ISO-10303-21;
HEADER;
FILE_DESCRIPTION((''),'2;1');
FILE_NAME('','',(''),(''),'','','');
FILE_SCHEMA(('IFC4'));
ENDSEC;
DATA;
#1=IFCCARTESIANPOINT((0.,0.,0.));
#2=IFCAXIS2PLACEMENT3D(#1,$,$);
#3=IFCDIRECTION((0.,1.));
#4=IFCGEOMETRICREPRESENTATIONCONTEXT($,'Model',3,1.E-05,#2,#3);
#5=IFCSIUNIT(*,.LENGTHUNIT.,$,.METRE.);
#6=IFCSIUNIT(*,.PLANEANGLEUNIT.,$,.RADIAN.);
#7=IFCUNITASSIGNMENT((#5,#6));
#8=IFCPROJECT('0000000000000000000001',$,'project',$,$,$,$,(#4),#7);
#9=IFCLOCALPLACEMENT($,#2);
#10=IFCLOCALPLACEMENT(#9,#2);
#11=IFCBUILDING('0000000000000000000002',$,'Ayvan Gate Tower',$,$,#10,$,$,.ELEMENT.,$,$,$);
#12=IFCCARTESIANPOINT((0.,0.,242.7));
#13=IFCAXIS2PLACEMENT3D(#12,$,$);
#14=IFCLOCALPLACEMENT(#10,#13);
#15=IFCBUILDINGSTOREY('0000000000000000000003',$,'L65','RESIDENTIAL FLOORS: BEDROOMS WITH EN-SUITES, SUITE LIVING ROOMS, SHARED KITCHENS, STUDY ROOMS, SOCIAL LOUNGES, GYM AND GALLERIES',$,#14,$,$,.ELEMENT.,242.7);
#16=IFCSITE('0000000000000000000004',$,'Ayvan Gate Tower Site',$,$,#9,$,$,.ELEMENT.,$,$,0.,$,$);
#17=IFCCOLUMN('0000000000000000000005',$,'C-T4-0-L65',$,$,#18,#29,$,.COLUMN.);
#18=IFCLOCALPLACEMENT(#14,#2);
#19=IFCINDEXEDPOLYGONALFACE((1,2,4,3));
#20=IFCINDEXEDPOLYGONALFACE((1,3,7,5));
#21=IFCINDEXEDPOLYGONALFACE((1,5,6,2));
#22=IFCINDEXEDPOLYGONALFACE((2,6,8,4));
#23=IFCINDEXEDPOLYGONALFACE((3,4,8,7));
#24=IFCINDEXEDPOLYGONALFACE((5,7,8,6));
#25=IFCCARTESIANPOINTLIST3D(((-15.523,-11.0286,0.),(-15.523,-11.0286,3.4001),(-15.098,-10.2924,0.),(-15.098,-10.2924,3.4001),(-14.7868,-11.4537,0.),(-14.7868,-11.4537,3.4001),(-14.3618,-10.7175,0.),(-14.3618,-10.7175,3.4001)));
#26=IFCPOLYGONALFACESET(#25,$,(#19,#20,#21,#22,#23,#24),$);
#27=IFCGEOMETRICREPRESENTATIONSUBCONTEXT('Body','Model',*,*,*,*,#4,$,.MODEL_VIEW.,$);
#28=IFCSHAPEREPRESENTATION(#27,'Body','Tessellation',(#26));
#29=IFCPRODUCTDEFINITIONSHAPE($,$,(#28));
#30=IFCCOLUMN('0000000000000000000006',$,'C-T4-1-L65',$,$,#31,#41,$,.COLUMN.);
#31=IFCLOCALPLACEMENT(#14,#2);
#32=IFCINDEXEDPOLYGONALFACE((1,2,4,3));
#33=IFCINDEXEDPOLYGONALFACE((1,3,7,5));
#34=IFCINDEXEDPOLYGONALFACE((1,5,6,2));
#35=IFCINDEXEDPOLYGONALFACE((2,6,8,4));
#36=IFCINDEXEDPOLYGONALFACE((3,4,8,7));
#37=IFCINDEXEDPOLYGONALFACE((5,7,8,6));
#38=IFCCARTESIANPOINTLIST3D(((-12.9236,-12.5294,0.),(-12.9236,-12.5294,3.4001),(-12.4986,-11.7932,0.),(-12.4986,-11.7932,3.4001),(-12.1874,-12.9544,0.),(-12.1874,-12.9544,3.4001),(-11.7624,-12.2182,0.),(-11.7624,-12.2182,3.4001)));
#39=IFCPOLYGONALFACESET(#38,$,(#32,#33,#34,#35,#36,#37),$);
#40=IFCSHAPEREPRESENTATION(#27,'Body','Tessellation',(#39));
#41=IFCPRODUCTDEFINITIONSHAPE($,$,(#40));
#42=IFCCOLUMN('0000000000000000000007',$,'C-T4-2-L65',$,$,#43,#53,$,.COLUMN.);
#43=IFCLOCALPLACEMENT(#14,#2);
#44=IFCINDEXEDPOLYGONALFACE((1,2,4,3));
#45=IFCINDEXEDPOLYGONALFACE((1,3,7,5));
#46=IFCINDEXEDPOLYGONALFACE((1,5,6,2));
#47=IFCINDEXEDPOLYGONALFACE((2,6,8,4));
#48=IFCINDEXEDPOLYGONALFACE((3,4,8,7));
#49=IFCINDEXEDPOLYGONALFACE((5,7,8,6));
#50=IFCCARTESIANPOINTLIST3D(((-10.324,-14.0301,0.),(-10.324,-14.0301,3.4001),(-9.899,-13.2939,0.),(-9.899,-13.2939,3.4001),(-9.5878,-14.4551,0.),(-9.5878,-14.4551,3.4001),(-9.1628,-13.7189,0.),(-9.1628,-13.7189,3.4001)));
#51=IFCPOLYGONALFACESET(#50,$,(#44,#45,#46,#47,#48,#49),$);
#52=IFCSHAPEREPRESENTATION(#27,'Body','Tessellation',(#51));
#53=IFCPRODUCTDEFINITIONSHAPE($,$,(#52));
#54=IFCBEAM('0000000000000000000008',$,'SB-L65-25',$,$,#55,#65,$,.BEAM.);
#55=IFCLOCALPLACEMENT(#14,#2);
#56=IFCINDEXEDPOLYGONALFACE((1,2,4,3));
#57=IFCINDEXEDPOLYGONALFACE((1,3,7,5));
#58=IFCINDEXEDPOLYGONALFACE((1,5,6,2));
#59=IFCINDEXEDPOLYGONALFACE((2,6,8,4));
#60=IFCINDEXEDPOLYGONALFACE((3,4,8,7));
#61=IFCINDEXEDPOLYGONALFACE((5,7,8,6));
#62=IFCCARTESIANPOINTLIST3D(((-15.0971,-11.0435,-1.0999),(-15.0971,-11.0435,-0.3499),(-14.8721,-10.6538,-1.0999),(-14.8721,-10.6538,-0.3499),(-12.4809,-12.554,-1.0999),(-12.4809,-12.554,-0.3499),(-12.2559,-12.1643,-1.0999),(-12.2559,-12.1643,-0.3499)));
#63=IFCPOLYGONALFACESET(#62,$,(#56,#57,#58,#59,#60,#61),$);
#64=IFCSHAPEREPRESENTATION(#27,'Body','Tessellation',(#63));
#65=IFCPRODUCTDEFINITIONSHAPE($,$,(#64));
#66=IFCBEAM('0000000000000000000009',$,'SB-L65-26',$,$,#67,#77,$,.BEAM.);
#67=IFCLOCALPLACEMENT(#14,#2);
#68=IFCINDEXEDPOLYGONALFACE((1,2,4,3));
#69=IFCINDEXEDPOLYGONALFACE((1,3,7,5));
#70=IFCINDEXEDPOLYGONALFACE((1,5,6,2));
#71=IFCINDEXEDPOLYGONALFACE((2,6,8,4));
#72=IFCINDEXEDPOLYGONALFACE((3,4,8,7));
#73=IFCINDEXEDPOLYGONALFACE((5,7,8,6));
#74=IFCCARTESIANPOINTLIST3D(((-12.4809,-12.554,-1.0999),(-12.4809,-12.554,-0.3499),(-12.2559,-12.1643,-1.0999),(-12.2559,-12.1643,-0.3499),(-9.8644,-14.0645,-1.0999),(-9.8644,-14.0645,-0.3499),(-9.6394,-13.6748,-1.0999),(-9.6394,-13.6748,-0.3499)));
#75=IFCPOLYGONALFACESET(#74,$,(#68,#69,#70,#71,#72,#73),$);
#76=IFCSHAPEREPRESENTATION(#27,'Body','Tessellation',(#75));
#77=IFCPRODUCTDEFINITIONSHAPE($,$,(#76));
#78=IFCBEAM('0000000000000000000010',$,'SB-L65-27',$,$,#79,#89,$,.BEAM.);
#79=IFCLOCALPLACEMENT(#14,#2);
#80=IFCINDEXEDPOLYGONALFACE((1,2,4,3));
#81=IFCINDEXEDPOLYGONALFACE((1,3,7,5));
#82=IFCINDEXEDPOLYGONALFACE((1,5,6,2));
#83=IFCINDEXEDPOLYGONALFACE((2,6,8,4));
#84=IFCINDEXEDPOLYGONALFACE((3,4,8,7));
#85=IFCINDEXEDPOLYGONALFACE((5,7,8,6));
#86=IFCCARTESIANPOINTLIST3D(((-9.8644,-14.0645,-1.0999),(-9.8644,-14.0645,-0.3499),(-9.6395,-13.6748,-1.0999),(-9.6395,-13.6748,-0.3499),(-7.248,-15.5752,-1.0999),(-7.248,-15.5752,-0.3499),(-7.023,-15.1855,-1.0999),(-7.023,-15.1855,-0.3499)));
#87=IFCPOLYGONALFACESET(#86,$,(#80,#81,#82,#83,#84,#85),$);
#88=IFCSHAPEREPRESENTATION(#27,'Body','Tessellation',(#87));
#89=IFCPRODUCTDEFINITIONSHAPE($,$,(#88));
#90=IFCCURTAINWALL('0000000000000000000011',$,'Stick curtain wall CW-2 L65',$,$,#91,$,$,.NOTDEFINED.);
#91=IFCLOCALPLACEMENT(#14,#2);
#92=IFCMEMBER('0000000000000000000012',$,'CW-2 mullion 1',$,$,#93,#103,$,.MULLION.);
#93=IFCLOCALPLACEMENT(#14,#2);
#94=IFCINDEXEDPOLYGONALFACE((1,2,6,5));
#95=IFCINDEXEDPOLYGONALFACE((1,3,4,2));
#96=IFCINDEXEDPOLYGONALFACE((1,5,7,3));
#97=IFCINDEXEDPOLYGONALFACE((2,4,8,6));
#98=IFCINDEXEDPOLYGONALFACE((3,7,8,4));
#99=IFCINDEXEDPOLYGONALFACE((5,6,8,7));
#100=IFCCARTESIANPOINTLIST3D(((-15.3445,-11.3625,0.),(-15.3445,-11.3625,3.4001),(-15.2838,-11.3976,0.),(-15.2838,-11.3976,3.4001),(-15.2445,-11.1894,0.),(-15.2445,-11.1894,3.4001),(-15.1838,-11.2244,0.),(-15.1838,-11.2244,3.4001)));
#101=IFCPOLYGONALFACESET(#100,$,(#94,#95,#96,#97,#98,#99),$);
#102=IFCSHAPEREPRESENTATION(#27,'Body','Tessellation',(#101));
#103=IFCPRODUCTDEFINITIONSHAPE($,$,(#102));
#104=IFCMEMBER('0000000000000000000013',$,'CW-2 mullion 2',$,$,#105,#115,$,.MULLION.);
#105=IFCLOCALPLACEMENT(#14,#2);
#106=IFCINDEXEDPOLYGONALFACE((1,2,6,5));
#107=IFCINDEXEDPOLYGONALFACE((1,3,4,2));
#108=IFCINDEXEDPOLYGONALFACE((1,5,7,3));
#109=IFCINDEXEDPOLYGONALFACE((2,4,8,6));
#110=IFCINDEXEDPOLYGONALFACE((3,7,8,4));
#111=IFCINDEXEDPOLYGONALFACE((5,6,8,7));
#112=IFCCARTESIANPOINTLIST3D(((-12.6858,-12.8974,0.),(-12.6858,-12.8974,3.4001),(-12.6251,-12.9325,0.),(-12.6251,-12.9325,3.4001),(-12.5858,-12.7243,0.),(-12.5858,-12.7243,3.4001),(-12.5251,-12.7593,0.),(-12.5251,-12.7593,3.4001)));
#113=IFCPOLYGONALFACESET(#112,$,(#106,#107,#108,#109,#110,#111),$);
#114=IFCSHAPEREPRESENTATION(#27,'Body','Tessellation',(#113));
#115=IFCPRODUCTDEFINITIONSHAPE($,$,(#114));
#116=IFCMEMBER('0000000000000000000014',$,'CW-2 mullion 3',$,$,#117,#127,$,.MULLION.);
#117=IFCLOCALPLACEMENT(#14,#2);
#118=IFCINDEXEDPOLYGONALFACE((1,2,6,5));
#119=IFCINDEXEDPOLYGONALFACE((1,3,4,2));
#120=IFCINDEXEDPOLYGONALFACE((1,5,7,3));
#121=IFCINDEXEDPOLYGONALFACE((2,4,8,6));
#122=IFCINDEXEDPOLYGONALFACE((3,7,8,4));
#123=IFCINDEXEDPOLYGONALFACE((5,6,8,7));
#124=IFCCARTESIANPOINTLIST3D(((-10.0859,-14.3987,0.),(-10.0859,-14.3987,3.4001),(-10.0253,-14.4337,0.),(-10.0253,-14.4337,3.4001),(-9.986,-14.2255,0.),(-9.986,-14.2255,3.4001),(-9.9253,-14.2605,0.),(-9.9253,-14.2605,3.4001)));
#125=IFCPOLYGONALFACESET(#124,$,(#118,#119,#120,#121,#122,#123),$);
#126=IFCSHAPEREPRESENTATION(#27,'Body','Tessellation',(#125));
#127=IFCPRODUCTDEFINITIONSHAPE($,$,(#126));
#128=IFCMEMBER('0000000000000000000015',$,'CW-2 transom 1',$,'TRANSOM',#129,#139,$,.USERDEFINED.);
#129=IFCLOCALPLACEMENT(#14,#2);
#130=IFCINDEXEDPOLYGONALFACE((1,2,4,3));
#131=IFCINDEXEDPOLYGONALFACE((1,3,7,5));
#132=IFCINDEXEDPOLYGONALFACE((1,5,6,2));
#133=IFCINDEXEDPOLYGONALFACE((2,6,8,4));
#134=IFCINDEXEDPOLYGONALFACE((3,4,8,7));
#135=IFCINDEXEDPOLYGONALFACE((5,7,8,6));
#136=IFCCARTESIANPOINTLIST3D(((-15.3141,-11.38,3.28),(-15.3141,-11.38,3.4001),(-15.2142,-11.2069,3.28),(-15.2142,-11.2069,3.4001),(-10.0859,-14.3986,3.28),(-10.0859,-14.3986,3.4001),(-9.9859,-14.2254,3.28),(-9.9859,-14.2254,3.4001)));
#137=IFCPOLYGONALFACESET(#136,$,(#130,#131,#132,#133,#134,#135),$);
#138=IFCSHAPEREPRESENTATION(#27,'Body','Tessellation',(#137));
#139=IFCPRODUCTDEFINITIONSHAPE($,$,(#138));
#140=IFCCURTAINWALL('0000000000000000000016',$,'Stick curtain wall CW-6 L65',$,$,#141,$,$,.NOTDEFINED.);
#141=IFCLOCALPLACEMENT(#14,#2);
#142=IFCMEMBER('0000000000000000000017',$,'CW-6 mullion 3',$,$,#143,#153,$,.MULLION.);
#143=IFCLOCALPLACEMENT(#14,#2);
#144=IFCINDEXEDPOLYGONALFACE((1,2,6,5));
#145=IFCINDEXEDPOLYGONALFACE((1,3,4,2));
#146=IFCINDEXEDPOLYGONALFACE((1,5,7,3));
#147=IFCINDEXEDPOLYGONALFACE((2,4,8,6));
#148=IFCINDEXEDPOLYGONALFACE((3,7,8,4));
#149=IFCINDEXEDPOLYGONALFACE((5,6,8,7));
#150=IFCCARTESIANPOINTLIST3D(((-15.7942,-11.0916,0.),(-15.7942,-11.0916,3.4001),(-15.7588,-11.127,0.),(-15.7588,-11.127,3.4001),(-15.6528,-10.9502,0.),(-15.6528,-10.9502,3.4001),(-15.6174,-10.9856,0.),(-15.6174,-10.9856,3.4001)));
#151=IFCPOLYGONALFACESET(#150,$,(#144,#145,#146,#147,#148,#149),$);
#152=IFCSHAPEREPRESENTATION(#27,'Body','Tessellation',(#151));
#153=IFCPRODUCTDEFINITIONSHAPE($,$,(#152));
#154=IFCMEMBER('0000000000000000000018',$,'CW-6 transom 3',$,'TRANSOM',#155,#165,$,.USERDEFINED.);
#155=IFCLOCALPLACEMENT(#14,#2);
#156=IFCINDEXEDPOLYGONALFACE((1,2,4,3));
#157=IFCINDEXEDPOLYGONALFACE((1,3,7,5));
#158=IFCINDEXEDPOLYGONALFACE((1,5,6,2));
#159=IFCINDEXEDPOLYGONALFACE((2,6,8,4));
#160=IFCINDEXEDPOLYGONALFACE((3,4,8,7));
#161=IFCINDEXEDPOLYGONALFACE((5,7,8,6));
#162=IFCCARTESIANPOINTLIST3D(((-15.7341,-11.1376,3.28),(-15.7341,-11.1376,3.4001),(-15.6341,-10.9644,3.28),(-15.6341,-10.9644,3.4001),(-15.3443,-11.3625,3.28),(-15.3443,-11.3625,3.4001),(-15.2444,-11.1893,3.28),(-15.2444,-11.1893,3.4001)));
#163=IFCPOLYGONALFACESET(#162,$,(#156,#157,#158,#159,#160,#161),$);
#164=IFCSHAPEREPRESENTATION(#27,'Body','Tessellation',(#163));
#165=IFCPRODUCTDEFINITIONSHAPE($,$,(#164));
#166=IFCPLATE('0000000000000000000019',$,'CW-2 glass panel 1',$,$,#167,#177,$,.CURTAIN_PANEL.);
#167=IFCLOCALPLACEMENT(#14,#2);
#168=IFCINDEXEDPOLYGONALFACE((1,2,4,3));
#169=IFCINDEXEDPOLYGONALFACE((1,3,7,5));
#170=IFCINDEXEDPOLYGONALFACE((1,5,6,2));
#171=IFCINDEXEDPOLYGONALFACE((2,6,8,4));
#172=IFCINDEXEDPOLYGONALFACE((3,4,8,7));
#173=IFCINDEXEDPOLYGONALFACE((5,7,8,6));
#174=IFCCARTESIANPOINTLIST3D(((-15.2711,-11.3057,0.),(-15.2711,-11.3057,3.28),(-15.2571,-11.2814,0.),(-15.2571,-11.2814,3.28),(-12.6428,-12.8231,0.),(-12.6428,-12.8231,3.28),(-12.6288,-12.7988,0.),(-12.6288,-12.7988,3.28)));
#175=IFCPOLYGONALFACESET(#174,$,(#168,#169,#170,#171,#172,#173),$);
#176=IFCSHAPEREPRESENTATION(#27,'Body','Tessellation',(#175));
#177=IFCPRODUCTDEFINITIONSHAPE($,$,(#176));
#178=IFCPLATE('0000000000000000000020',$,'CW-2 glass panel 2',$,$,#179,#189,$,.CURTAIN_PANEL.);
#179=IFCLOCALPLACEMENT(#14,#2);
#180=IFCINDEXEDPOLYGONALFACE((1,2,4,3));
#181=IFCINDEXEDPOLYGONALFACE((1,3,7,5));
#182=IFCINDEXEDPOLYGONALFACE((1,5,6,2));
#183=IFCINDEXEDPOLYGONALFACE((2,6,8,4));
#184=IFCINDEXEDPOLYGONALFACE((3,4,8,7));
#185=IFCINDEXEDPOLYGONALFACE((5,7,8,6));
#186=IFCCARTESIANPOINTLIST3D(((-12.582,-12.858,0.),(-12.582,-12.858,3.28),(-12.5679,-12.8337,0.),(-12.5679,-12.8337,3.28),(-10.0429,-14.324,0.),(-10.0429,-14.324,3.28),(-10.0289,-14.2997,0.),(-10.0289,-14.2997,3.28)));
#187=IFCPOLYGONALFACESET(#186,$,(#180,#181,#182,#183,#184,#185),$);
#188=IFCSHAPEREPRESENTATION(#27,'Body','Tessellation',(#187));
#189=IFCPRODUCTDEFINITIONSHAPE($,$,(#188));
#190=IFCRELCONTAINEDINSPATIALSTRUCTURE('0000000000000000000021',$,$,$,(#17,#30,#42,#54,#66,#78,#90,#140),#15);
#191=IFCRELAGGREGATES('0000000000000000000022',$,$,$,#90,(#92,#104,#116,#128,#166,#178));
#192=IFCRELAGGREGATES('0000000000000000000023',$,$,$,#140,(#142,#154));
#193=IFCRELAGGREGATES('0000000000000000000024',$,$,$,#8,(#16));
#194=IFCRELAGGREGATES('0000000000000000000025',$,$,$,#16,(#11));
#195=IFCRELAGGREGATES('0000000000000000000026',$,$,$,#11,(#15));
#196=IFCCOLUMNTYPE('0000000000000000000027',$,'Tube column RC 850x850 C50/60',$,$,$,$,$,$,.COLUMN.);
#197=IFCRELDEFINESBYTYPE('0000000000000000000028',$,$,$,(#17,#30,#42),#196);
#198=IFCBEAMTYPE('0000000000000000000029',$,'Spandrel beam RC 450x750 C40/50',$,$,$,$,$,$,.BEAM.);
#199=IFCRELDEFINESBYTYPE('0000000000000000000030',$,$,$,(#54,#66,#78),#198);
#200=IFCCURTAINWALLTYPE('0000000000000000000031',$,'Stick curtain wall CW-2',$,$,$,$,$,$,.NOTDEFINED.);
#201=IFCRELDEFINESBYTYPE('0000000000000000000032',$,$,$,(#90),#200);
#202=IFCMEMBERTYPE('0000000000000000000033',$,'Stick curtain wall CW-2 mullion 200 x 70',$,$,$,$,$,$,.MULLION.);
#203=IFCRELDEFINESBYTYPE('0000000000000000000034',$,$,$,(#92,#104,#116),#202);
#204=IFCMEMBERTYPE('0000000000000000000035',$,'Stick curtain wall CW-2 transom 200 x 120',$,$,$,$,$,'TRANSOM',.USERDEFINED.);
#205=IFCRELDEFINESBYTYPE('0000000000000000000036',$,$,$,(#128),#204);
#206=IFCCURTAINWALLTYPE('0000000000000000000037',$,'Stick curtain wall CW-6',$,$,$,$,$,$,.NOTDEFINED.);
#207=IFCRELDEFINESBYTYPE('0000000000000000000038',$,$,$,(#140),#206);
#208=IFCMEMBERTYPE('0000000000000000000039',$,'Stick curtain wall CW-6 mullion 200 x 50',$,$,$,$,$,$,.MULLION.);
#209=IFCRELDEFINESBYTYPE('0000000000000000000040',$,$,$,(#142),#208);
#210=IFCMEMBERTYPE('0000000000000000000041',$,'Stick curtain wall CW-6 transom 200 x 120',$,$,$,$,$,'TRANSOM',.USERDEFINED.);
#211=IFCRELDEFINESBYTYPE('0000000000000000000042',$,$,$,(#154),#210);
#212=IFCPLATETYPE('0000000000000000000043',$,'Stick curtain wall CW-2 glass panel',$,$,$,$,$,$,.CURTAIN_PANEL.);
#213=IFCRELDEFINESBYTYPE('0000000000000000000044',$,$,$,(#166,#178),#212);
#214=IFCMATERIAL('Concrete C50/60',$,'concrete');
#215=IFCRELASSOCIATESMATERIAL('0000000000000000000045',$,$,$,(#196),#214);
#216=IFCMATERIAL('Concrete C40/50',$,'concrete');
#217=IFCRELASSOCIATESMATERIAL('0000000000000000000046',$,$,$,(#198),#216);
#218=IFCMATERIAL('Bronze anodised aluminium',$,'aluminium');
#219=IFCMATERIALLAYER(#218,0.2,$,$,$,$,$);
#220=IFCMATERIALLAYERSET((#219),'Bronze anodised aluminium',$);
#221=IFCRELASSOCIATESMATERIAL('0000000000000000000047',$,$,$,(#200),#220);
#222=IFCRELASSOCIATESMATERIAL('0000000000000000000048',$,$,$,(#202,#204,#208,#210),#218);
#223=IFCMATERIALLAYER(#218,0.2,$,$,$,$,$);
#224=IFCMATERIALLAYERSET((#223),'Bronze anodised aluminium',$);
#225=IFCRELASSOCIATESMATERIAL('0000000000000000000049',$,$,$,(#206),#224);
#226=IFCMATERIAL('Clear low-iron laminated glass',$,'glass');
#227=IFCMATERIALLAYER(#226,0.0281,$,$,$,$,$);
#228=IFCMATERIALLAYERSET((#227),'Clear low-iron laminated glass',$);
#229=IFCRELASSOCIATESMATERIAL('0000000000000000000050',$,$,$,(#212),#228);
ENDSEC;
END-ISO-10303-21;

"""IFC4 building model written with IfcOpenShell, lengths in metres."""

from ifc_helpers import new_model, si_unit, direction, frame, origin, origin_2d, place, context, subcontext, project, spatial, rectangle, extrude, material, layer, layer_set, material_profile, profile_set, type_object, element, aggregate, save


model = new_model("IFC4")

# Units and contexts
model_context = context("Model", 3, precision=1e-05, world=origin(), true_north=direction((0.0, 1.0)))
body_context = subcontext(model_context, "Body", "Model", "MODEL_VIEW")
ifc_project = project(units=[si_unit("LENGTHUNIT", "METRE"), si_unit("PLANEANGLEUNIT", "RADIAN")], contexts=[model_context])

# Site, building, storey
site_placement = place(None, origin())
site = spatial("IfcSite", under=ifc_project, at=site_placement, Name="Ayvan Gate Tower Site", CompositionType="ELEMENT", RefElevation=0.0)
building_placement = place(site_placement, origin())
building = spatial("IfcBuilding", under=site, at=building_placement, Name="Ayvan Gate Tower", CompositionType="ELEMENT")
storey_placement = place(building_placement, frame((0.0, 0.0, 242.7)))
storey = spatial("IfcBuildingStorey", under=building, at=storey_placement, Name="L65", Description="RESIDENTIAL FLOORS: BEDROOMS WITH EN-SUITES, SUITE LIVING ROOMS, SHARED KITCHENS, STUDY ROOMS, SOCIAL LOUNGES, GYM AND GALLERIES", CompositionType="ELEMENT", Elevation=242.7)

# Columns
ifc_material_1 = material(Name="Concrete C50/60", Category="concrete")
ifc_material_profile_1 = material_profile(ifc_material_1, rectangle(XDim=0.8501, YDim=0.8501, at=origin_2d()), Name="RC 850x850")
ifc_profile_set_1 = profile_set([ifc_material_profile_1], Name="Concrete C50/60")
column_type = type_object("IfcColumnType", Name="Tube column RC 850x850 C50/60", PredefinedType="COLUMN", material=ifc_profile_set_1)
for number, where, z_axis, x_axis, name in (
    (1, (-14.9424, -10.873, 0.0), (0.0, 0.0, 1.0), (-0.5, -0.866025, 0.0), "C-T4-0-L65"),
    (2, (-12.343, -12.3738, 0.0), (0.0, 0.0, 1.0), (-0.5, -0.866025, 0.0), "C-T4-1-L65"),
    (3, (-9.7434, -13.8745, 0.0), (0.0, 0.0, 1.0), (-0.5, -0.866025, 0.0), "C-T4-2-L65"),
):
    element("IfcColumn", number, at=place(storey_placement, frame(where, z_axis=z_axis, x_axis=x_axis)), inside=storey, type_object=column_type, Name=name, PredefinedType="COLUMN", context=body_context, shape_type="SweptSolid", body=[
        extrude(rectangle(XDim=0.8501, YDim=0.8501, at=origin_2d()), origin(), (0.0, 0.0, 1.0), 3.4001),
    ])

# Beams
ifc_material_2 = material(Name="Concrete C40/50", Category="concrete")
ifc_material_profile_2 = material_profile(ifc_material_2, rectangle(XDim=0.45, YDim=0.75, at=origin_2d()), Name="RC 450x750")
ifc_profile_set_2 = profile_set([ifc_material_profile_2], Name="Concrete C40/50")
beam_type = type_object("IfcBeamType", Name="Spandrel beam RC 450x750 C40/50", PredefinedType="BEAM", material=ifc_profile_set_2)
beam_placement = place(storey_placement, frame((-14.9846, -10.8486, -0.7249), z_axis=(0.866021, -0.500007, 0.0), x_axis=(0.500007, 0.866021, 0.0)))
element("IfcBeam", 4, at=beam_placement, inside=storey, type_object=beam_type, Name="SB-L65-25", PredefinedType="BEAM", context=body_context, shape_type="SweptSolid", body=[
    extrude(rectangle(XDim=0.45, YDim=0.75, at=origin_2d()), origin(), (0.0, 0.0, 1.0), 3.021),
])
for number, where, z_axis, x_axis, name in (
    (5, (-12.3684, -12.3591, -0.7249), (0.866042, -0.499972, 0.0), (0.499972, 0.866042, 0.0), "SB-L65-26"),
    (6, (-9.752, -13.8696, -0.7249), (0.866007, -0.500033, 0.0), (0.500033, 0.866007, 0.0), "SB-L65-27"),
):
    element("IfcBeam", number, at=place(storey_placement, frame(where, z_axis=z_axis, x_axis=x_axis)), inside=storey, type_object=beam_type, Name=name, PredefinedType="BEAM", context=body_context, shape_type="SweptSolid", body=[
        extrude(rectangle(XDim=0.45, YDim=0.75, at=origin_2d()), origin(), (0.0, 0.0, 1.0), 3.0212),
    ])

# Curtain walls, members
ifc_material_3 = material(Name="Bronze anodised aluminium", Category="aluminium")
ifc_layer_1 = layer(ifc_material_3, 0.2)
ifc_layer_set_1 = layer_set([ifc_layer_1], Name="Bronze anodised aluminium")
curtain_wall_type_1 = type_object("IfcCurtainWallType", Name="Stick curtain wall CW-2", PredefinedType="NOTDEFINED", material=ifc_layer_set_1)
curtain_wall_1_placement = place(storey_placement, origin())
curtain_wall_1 = element("IfcCurtainWall", 7, at=curtain_wall_1_placement, inside=storey, type_object=curtain_wall_type_1, Name="Stick curtain wall CW-2 L65", PredefinedType="NOTDEFINED")
ifc_material_profile_3 = material_profile(ifc_material_3, rectangle(XDim=0.2, YDim=0.0701, at=origin_2d()), Name="Stick curtain wall CW-2 mullion 200 x 70")
ifc_profile_set_3 = profile_set([ifc_material_profile_3], Name="Bronze anodised aluminium")
member_type_1 = type_object("IfcMemberType", Name="Stick curtain wall CW-2 mullion 200 x 70", PredefinedType="MULLION", material=ifc_profile_set_3)
member_1_placement = place(storey_placement, frame((-15.2642, -11.2935, 0.0), z_axis=(0.0, 0.0, 1.0), x_axis=(-0.5, -0.866025, 0.0)))
member_1 = element("IfcMember", 8, at=member_1_placement, type_object=member_type_1, Name="CW-2 mullion 1", PredefinedType="MULLION", context=body_context, shape_type="SweptSolid", body=[
    extrude(rectangle(XDim=0.2, YDim=0.0701, at=origin_2d()), origin(), (0.0, 0.0, 1.0), 3.4001),
])
member_2_placement = place(storey_placement, frame((-12.6055, -12.8284, 0.0), z_axis=(0.0, 0.0, 1.0), x_axis=(-0.5, -0.866025, 0.0)))
member_2 = element("IfcMember", 9, at=member_2_placement, type_object=member_type_1, Name="CW-2 mullion 2", PredefinedType="MULLION", context=body_context, shape_type="SweptSolid", body=[
    extrude(rectangle(XDim=0.2, YDim=0.0701, at=origin_2d()), origin(), (0.0, 0.0, 1.0), 3.4001),
])
member_3_placement = place(storey_placement, frame((-10.0056, -14.3296, 0.0), z_axis=(0.0, 0.0, 1.0), x_axis=(-0.5, -0.866025, 0.0)))
member_3 = element("IfcMember", 10, at=member_3_placement, type_object=member_type_1, Name="CW-2 mullion 3", PredefinedType="MULLION", context=body_context, shape_type="SweptSolid", body=[
    extrude(rectangle(XDim=0.2, YDim=0.0701, at=origin_2d()), origin(), (0.0, 0.0, 1.0), 3.4001),
])
ifc_material_profile_4 = material_profile(ifc_material_3, rectangle(XDim=0.2, YDim=0.1201, at=origin_2d()), Name="Stick curtain wall CW-2 transom 200 x 120")
ifc_profile_set_4 = profile_set([ifc_material_profile_4], Name="Bronze anodised aluminium")
member_type_2 = type_object("IfcMemberType", Name="Stick curtain wall CW-2 transom 200 x 120", ElementType="TRANSOM", PredefinedType="USERDEFINED", material=ifc_profile_set_4)
member_4_placement = place(storey_placement, frame((-15.2642, -11.2935, 3.3401), z_axis=(0.866025, -0.500001, 0.0), x_axis=(0.500001, 0.866025, 0.0)))
member_4 = element("IfcMember", 11, at=member_4_placement, type_object=member_type_2, Name="CW-2 transom 1", ObjectType="TRANSOM", PredefinedType="USERDEFINED", context=body_context, shape_type="SweptSolid", body=[
    extrude(rectangle(XDim=0.2, YDim=0.1201, at=origin_2d()), origin(), (0.0, 0.0, 1.0), 6.0371),
])
ifc_layer_2 = layer(ifc_material_3, 0.2)
ifc_layer_set_2 = layer_set([ifc_layer_2], Name="Bronze anodised aluminium")
curtain_wall_type_2 = type_object("IfcCurtainWallType", Name="Stick curtain wall CW-6", PredefinedType="NOTDEFINED", material=ifc_layer_set_2)
curtain_wall_2_placement = place(storey_placement, origin())
curtain_wall_2 = element("IfcCurtainWall", 12, at=curtain_wall_2_placement, inside=storey, type_object=curtain_wall_type_2, Name="Stick curtain wall CW-6 L65", PredefinedType="NOTDEFINED")
ifc_material_profile_5 = material_profile(ifc_material_3, rectangle(XDim=0.2, YDim=0.05, at=origin_2d()), Name="Stick curtain wall CW-6 mullion 200 x 50")
ifc_profile_set_5 = profile_set([ifc_material_profile_5], Name="Bronze anodised aluminium")
member_type_3 = type_object("IfcMemberType", Name="Stick curtain wall CW-6 mullion 200 x 50", PredefinedType="MULLION", material=ifc_profile_set_5)
member_5_placement = place(storey_placement, frame((-15.7058, -11.0386, 0.0), z_axis=(0.0, 0.0, 1.0), x_axis=(-0.707107, -0.707107, 0.0)))
member_5 = element("IfcMember", 13, at=member_5_placement, type_object=member_type_3, Name="CW-6 mullion 3", PredefinedType="MULLION", context=body_context, shape_type="SweptSolid", body=[
    extrude(rectangle(XDim=0.2, YDim=0.05, at=origin_2d()), origin(), (0.0, 0.0, 1.0), 3.4001),
])
ifc_material_profile_6 = material_profile(ifc_material_3, rectangle(XDim=0.2, YDim=0.1201, at=origin_2d()), Name="Stick curtain wall CW-6 transom 200 x 120")
ifc_profile_set_6 = profile_set([ifc_material_profile_6], Name="Bronze anodised aluminium")
member_type_4 = type_object("IfcMemberType", Name="Stick curtain wall CW-6 transom 200 x 120", ElementType="TRANSOM", PredefinedType="USERDEFINED", material=ifc_profile_set_6)
member_6_placement = place(storey_placement, frame((-15.6841, -11.051, 3.3401), z_axis=(0.866131, -0.499816, 0.0), x_axis=(0.499816, 0.866131, 0.0)))
member_6 = element("IfcMember", 14, at=member_6_placement, type_object=member_type_4, Name="CW-6 transom 3", ObjectType="TRANSOM", PredefinedType="USERDEFINED", context=body_context, shape_type="SweptSolid", body=[
    extrude(rectangle(XDim=0.2, YDim=0.1201, at=origin_2d()), origin(), (0.0, 0.0, 1.0), 0.45),
])

# Plates
ifc_material_4 = material(Name="Clear low-iron laminated glass", Category="glass")
ifc_layer_3 = layer(ifc_material_4, 0.0281)
ifc_layer_set_3 = layer_set([ifc_layer_3], Name="Clear low-iron laminated glass")
plate_type_1 = type_object("IfcPlateType", Name="Stick curtain wall CW-2 glass panel", PredefinedType="CURTAIN_PANEL", material=ifc_layer_set_3)
plate_1_placement = place(storey_placement, frame((-13.95, -12.0522, 0.0), z_axis=(0.0, 0.0, 1.0), x_axis=(0.866025, -0.5, 0.0)))
plate_1 = element("IfcPlate", 15, at=plate_1_placement, type_object=plate_type_1, Name="CW-2 glass panel 1", PredefinedType="CURTAIN_PANEL", context=body_context, shape_type="SweptSolid", body=[
    extrude(rectangle(XDim=3.0349, YDim=0.0281, at=origin_2d()), origin(), (0.0, 0.0, 1.0), 3.28),
])
plate_2_placement = place(storey_placement, frame((-11.3054, -13.5789, 0.0), z_axis=(0.0, 0.0, 1.0), x_axis=(0.866025, -0.5, 0.0)))
plate_2 = element("IfcPlate", 16, at=plate_2_placement, type_object=plate_type_1, Name="CW-2 glass panel 2", PredefinedType="CURTAIN_PANEL", context=body_context, shape_type="SweptSolid", body=[
    extrude(rectangle(XDim=2.9319, YDim=0.0281, at=origin_2d()), origin(), (0.0, 0.0, 1.0), 3.28),
])
aggregate(curtain_wall_1, [member_1, member_2, member_3, member_4, plate_1, plate_2])
aggregate(curtain_wall_2, [member_5, member_6])

save(model, "model.ifc")
